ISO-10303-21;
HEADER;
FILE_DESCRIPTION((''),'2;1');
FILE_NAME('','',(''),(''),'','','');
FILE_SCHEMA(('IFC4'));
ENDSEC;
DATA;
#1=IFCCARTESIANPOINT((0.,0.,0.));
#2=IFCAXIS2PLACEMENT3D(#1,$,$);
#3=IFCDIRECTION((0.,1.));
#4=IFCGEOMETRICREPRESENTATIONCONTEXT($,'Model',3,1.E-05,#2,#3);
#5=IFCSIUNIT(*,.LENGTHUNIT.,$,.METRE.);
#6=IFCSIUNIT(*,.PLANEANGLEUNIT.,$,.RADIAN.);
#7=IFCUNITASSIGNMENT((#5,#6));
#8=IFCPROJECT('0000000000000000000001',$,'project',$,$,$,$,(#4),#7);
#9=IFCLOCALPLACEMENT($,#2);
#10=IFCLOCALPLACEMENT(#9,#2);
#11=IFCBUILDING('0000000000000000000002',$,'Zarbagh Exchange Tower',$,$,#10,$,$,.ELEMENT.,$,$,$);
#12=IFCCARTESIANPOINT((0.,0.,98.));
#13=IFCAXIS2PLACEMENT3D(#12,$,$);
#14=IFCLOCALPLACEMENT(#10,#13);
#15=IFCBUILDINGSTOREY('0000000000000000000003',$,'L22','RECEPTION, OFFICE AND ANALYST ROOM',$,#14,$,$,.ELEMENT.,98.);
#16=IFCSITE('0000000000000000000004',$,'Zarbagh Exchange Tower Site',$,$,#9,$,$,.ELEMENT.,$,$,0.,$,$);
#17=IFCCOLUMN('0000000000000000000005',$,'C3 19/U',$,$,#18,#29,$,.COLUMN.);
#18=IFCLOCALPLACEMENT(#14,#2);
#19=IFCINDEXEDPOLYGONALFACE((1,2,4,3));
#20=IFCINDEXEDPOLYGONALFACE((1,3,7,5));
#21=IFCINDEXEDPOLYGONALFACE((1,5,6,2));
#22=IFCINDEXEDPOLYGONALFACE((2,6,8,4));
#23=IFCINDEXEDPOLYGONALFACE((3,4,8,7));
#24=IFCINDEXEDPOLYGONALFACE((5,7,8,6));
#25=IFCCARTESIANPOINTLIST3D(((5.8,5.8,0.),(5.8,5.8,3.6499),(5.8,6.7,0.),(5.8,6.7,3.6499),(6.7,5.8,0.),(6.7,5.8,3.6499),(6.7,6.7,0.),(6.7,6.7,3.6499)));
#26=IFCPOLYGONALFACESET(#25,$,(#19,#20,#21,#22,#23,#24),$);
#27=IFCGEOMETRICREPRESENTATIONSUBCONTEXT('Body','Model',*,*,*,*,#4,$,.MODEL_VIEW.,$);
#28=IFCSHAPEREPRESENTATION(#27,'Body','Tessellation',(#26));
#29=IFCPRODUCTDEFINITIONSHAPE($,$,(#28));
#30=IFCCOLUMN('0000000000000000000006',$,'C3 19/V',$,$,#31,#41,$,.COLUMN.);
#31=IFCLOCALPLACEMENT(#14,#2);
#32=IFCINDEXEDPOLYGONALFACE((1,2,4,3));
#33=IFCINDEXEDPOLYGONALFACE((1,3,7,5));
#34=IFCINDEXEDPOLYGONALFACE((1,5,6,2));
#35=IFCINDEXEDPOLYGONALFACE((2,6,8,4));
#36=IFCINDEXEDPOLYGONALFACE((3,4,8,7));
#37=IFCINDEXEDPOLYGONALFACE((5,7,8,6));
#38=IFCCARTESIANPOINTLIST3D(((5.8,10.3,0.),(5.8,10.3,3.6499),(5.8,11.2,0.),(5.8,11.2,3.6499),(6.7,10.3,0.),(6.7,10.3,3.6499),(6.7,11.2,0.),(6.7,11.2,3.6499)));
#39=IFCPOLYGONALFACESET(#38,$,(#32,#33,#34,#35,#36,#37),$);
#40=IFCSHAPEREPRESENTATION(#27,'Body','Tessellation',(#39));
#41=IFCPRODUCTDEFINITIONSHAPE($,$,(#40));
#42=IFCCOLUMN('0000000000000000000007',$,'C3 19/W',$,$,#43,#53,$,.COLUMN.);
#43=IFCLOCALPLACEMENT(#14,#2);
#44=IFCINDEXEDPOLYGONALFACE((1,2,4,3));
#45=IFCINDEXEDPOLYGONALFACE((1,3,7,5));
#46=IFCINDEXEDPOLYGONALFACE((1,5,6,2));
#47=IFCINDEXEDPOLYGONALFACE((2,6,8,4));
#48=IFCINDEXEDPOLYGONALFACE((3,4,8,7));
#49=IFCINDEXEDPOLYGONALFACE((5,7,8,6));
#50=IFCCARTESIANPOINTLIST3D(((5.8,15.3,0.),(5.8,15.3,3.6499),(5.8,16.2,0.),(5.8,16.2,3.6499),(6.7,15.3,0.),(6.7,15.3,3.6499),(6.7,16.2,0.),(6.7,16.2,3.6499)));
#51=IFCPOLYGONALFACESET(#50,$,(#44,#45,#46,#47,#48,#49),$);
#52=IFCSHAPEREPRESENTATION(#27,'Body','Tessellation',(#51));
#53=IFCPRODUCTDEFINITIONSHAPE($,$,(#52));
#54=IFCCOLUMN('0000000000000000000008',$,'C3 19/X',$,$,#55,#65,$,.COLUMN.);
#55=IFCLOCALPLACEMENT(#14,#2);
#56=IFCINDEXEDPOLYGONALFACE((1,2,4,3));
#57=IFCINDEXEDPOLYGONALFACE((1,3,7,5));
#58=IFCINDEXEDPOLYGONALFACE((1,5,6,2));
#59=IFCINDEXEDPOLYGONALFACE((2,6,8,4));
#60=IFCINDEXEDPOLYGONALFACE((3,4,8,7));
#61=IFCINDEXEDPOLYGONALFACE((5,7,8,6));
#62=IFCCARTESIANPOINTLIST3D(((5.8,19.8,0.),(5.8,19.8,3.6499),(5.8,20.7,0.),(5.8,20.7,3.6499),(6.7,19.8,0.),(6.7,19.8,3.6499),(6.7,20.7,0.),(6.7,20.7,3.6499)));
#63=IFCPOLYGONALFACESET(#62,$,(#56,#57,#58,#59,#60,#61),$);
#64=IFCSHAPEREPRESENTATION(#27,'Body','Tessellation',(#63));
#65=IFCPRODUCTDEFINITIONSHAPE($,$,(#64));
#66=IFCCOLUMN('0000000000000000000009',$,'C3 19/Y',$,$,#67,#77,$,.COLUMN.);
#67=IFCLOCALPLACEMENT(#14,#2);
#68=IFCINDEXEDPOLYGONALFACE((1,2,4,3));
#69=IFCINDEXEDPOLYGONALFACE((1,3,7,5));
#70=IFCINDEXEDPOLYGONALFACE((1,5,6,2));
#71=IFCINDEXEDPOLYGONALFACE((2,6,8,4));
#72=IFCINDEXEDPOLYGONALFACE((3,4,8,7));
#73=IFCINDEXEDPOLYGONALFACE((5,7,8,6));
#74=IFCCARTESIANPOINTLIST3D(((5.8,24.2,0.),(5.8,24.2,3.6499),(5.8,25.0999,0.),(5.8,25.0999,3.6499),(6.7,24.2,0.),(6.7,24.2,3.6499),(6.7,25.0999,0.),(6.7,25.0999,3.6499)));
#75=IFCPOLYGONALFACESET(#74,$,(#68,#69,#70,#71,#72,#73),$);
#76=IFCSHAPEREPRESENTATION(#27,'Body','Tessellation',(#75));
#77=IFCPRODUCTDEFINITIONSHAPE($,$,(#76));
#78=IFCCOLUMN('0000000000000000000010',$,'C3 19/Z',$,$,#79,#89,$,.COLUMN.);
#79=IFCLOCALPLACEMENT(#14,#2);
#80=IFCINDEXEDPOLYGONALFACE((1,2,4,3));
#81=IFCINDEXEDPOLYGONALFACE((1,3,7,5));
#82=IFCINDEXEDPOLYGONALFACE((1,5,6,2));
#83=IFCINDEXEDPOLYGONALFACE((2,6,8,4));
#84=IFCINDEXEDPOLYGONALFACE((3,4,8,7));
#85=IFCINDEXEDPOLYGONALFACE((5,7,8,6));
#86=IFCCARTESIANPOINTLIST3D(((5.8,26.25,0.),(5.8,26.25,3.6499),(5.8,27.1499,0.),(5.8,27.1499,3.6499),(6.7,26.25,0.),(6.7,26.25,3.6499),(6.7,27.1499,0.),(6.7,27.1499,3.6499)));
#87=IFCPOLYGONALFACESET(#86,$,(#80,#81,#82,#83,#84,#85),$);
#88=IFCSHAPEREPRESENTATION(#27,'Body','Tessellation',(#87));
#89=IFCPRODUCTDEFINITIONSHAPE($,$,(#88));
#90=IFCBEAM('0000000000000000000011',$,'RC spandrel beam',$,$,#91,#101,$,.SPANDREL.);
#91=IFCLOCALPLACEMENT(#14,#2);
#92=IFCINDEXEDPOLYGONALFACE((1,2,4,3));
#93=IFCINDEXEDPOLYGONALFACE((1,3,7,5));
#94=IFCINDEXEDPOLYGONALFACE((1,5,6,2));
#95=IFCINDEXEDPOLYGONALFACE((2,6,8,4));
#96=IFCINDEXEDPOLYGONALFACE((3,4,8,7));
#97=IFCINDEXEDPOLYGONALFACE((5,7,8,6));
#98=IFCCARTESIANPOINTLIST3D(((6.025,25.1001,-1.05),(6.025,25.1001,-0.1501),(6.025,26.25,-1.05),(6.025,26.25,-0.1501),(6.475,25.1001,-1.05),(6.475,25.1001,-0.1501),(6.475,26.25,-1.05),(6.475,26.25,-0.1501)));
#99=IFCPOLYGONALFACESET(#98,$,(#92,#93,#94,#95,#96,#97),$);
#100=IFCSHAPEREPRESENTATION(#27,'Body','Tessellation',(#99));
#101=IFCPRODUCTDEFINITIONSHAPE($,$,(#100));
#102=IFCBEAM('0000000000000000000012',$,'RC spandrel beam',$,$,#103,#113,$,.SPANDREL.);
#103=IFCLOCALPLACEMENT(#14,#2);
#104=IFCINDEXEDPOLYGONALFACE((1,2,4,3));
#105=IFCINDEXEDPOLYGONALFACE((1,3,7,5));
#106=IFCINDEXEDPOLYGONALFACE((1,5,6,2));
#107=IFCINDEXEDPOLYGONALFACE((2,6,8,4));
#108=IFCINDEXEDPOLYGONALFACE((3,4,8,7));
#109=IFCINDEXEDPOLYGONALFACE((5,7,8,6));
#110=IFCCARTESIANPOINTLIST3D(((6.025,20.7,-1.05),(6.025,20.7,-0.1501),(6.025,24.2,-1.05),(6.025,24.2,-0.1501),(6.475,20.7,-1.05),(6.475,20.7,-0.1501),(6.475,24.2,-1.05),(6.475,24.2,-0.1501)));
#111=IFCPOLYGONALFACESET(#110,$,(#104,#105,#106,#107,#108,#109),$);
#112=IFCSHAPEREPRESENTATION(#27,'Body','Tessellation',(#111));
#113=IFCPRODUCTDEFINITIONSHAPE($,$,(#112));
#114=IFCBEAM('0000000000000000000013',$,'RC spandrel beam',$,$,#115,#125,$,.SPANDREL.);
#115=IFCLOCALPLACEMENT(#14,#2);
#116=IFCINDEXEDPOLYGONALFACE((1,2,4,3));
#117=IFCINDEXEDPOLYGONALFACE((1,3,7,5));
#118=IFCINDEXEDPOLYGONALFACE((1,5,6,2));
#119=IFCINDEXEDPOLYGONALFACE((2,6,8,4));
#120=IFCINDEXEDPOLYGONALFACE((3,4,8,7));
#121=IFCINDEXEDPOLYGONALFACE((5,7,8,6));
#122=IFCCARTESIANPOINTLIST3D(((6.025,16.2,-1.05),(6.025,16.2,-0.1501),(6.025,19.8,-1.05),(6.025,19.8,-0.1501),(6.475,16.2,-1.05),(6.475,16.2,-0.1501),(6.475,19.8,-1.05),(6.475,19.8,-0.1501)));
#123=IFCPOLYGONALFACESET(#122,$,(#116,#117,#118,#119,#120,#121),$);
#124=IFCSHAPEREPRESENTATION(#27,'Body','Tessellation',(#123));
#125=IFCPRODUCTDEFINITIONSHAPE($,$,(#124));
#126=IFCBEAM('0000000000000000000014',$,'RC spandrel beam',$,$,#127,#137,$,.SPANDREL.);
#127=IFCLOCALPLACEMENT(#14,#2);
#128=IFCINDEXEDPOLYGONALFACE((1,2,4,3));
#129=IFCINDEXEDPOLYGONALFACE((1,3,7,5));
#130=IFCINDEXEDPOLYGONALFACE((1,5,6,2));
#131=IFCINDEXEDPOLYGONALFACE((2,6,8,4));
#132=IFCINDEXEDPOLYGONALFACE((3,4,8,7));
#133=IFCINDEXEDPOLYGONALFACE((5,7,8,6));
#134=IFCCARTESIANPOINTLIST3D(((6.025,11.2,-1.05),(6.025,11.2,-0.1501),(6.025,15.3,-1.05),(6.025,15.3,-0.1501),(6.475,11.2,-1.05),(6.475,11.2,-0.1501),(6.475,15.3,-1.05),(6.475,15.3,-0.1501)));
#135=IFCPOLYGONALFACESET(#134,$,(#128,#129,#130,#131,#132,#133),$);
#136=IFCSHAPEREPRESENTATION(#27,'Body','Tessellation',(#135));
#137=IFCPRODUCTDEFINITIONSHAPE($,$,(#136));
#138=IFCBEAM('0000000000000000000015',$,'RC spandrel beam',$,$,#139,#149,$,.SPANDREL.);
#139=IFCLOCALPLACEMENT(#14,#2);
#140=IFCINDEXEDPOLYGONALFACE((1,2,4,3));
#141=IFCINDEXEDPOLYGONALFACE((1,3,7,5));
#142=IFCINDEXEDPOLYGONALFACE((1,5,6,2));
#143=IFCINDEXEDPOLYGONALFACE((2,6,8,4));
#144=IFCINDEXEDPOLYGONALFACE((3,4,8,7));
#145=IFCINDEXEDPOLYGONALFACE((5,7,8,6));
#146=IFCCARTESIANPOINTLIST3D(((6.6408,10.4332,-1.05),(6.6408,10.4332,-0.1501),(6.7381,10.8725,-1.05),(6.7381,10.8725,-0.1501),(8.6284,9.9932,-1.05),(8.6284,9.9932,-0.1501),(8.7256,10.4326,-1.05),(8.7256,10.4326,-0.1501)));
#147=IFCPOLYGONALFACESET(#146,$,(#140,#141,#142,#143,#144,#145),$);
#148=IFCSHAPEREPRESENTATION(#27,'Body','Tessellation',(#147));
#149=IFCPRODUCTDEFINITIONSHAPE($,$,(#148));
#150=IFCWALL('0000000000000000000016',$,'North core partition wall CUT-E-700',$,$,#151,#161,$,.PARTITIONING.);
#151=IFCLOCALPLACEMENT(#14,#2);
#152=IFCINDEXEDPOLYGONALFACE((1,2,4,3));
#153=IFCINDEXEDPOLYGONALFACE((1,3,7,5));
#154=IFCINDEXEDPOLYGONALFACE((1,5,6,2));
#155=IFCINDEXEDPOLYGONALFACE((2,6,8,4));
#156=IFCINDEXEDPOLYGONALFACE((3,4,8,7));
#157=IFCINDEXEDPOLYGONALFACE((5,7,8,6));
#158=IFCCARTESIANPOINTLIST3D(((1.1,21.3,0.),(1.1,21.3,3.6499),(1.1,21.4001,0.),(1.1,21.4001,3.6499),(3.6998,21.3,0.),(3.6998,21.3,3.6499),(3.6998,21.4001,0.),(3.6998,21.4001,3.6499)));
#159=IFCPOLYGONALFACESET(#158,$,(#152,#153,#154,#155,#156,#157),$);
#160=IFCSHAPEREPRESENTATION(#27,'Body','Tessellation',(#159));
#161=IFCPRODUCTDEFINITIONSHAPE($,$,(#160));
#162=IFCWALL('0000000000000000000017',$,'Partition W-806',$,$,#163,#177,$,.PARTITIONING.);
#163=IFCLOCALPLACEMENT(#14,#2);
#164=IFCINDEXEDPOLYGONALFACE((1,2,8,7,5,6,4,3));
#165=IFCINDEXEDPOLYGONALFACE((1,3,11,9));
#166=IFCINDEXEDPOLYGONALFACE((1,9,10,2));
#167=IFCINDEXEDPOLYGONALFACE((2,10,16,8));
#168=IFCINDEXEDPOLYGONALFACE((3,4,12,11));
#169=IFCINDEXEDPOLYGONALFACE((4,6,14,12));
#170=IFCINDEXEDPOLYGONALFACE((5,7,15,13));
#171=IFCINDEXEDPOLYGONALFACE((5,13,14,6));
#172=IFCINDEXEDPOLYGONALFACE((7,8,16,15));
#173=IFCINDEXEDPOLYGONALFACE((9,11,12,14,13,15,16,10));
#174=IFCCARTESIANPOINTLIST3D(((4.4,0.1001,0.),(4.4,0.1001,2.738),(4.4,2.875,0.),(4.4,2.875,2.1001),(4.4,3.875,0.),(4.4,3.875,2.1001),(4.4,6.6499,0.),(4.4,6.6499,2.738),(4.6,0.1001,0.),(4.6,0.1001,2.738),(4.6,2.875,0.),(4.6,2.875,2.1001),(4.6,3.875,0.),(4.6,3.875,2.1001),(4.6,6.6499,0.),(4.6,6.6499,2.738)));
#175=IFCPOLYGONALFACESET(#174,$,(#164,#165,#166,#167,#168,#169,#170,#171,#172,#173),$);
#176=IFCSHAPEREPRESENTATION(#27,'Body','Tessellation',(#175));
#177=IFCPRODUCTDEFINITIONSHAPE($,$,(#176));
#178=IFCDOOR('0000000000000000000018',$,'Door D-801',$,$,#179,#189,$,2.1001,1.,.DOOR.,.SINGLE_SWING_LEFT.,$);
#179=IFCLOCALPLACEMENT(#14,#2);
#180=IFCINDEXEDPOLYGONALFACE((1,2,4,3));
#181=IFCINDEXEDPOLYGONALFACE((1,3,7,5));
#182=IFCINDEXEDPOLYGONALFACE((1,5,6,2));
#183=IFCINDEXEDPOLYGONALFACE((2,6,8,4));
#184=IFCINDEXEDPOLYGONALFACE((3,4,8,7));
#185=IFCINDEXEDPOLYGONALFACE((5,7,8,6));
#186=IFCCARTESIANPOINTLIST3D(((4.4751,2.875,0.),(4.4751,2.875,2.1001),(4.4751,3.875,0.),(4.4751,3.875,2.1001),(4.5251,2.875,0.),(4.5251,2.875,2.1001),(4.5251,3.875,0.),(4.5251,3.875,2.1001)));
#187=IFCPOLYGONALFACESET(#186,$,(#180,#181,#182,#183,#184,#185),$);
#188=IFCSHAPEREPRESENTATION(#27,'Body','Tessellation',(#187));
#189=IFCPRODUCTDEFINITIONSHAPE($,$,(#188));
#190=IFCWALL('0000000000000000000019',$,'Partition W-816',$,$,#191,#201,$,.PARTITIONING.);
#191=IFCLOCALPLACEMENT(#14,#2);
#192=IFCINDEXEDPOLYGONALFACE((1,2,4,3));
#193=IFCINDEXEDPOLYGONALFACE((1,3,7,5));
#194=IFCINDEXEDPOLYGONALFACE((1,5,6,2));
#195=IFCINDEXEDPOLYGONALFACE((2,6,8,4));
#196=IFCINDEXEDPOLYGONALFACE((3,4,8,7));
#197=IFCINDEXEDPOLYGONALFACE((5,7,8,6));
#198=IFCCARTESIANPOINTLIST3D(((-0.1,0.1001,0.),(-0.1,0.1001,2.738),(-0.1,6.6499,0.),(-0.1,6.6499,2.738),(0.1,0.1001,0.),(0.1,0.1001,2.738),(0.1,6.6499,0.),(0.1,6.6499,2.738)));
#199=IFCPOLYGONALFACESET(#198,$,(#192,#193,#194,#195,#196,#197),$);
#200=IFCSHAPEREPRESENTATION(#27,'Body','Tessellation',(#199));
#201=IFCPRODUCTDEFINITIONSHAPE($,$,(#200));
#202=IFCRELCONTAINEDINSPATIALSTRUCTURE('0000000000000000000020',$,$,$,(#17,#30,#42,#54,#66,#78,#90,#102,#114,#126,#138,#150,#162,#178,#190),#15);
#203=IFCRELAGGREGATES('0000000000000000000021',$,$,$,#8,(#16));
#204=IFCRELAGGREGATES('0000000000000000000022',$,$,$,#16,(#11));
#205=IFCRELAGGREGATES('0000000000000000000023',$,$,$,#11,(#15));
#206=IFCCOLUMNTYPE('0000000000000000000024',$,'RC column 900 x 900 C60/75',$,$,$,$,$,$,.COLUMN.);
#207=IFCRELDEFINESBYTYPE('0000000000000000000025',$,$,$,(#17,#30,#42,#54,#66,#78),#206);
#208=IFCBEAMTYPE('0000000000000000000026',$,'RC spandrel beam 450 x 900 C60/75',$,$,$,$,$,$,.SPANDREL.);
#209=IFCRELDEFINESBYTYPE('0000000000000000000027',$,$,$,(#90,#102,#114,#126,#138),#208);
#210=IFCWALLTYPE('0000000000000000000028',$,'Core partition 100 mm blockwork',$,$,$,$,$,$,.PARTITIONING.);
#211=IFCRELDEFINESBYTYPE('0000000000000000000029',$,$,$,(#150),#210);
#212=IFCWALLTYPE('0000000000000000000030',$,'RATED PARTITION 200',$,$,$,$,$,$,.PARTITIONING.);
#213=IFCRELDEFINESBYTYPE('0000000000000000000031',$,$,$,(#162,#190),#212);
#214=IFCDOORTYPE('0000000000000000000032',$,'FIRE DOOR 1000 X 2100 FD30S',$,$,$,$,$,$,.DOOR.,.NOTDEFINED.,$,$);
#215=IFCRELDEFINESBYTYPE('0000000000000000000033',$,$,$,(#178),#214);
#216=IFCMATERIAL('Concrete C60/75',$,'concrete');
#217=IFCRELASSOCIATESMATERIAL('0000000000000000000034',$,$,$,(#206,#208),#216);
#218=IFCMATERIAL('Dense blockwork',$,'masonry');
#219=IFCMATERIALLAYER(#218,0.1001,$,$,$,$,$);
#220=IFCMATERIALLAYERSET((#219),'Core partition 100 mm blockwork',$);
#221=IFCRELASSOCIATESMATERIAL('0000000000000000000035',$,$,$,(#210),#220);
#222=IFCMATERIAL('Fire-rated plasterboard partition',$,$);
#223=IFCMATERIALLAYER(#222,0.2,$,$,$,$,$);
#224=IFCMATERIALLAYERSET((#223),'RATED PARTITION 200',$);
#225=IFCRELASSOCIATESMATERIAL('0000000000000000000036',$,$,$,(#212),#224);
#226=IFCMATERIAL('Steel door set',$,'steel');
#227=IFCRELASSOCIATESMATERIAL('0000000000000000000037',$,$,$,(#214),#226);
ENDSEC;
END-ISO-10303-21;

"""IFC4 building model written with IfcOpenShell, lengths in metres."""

from ifc_helpers import new_model, si_unit, direction, frame, frame_2d, origin, origin_2d, place, context, subcontext, project, spatial, rectangle, extrude, material, layer, layer_set, material_profile, profile_set, type_object, element, fill, save


model = new_model("IFC4")

# Units and contexts
model_context = context("Model", 3, precision=1e-05, world=origin(), true_north=direction((0.0, 1.0)))
body_context = subcontext(model_context, "Body", "Model", "MODEL_VIEW")
ifc_project = project(units=[si_unit("LENGTHUNIT", "METRE"), si_unit("PLANEANGLEUNIT", "RADIAN")], contexts=[model_context])

# Site, building, storey
site_placement = place(None, origin())
site = spatial("IfcSite", under=ifc_project, at=site_placement, Name="Zarbagh Exchange Tower Site", CompositionType="ELEMENT", RefElevation=0.0)
building_placement = place(site_placement, origin())
building = spatial("IfcBuilding", under=site, at=building_placement, Name="Zarbagh Exchange Tower", CompositionType="ELEMENT")
storey_placement = place(building_placement, frame((0.0, 0.0, 98.0)))
storey = spatial("IfcBuildingStorey", under=building, at=storey_placement, Name="L22", Description="RECEPTION, OFFICE AND ANALYST ROOM", CompositionType="ELEMENT", Elevation=98.0)

# Columns
ifc_material_1 = material(Name="Concrete C60/75", Category="concrete")
ifc_material_profile_1 = material_profile(ifc_material_1, rectangle(XDim=0.8999, YDim=0.8999, at=origin_2d()), Name="RC column 900 x 900 C60/75")
ifc_profile_set_1 = profile_set([ifc_material_profile_1], Name="Concrete C60/75")
column_type = type_object("IfcColumnType", Name="RC column 900 x 900 C60/75", PredefinedType="COLUMN", material=ifc_profile_set_1)
for number, where, z_axis, x_axis, name in (
    (1, (6.25, 6.25, 0.0), (0.0, 0.0, 1.0), (1.0, 0.0, 0.0), "C3 19/U"),
    (2, (6.25, 10.75, 0.0), (0.0, 0.0, 1.0), (1.0, 0.0, 0.0), "C3 19/V"),
    (3, (6.25, 15.75, 0.0), (0.0, 0.0, 1.0), (1.0, 0.0, 0.0), "C3 19/W"),
    (4, (6.25, 20.25, 0.0), (0.0, 0.0, 1.0), (1.0, 0.0, 0.0), "C3 19/X"),
    (5, (6.25, 24.6499, 0.0), (0.0, 0.0, 1.0), (1.0, 0.0, 0.0), "C3 19/Y"),
    (6, (6.25, 26.7, 0.0), (0.0, 0.0, 1.0), (1.0, 0.0, 0.0), "C3 19/Z"),
):
    element("IfcColumn", number, at=place(storey_placement, frame(where, z_axis=z_axis, x_axis=x_axis)), inside=storey, type_object=column_type, Name=name, PredefinedType="COLUMN", context=body_context, shape_type="SweptSolid", body=[
        extrude(rectangle(XDim=0.8999, YDim=0.8999, at=origin_2d()), origin(), (0.0, 0.0, 1.0), 3.6499),
    ])

# Beams
ifc_material_profile_2 = material_profile(ifc_material_1, rectangle(XDim=0.45, YDim=0.8999, at=origin_2d()), Name="RC spandrel beam 450 x 900 C60/75")
ifc_profile_set_2 = profile_set([ifc_material_profile_2], Name="Concrete C60/75")
beam_type = type_object("IfcBeamType", Name="RC spandrel beam 450 x 900 C60/75", PredefinedType="SPANDREL", material=ifc_profile_set_2)
beam_1_placement = place(storey_placement, frame((6.25, 26.25, -0.6001), z_axis=(0.0, -1.0, 0.0), x_axis=(1.0, 0.0, 0.0)))
element("IfcBeam", 7, at=beam_1_placement, inside=storey, type_object=beam_type, Name="RC spandrel beam", PredefinedType="SPANDREL", context=body_context, shape_type="SweptSolid", body=[
    extrude(rectangle(XDim=0.45, YDim=0.8999, at=origin_2d()), origin(), (0.0, 0.0, 1.0), 1.1499),
])
beam_2_placement = place(storey_placement, frame((6.25, 24.2, -0.6001), z_axis=(0.0, -1.0, 0.0), x_axis=(1.0, 0.0, 0.0)))
element("IfcBeam", 8, at=beam_2_placement, inside=storey, type_object=beam_type, Name="RC spandrel beam", PredefinedType="SPANDREL", context=body_context, shape_type="SweptSolid", body=[
    extrude(rectangle(XDim=0.45, YDim=0.8999, at=origin_2d()), origin(), (0.0, 0.0, 1.0), 3.5),
])
beam_3_placement = place(storey_placement, frame((6.25, 19.8, -0.6001), z_axis=(0.0, -1.0, 0.0), x_axis=(1.0, 0.0, 0.0)))
element("IfcBeam", 9, at=beam_3_placement, inside=storey, type_object=beam_type, Name="RC spandrel beam", PredefinedType="SPANDREL", context=body_context, shape_type="SweptSolid", body=[
    extrude(rectangle(XDim=0.45, YDim=0.8999, at=origin_2d()), origin(), (0.0, 0.0, 1.0), 3.6001),
])
beam_4_placement = place(storey_placement, frame((6.25, 15.3, -0.6001), z_axis=(0.0, -1.0, 0.0), x_axis=(1.0, 0.0, 0.0)))
element("IfcBeam", 10, at=beam_4_placement, inside=storey, type_object=beam_type, Name="RC spandrel beam", PredefinedType="SPANDREL", context=body_context, shape_type="SweptSolid", body=[
    extrude(rectangle(XDim=0.45, YDim=0.8999, at=origin_2d()), origin(), (0.0, 0.0, 1.0), 4.1001),
])
beam_5_placement = place(storey_placement, frame((6.6895, 10.6528, -0.6001), z_axis=(0.976367, -0.216118, 0.0), x_axis=(0.216118, 0.976367, 0.0)))
element("IfcBeam", 11, at=beam_5_placement, inside=storey, type_object=beam_type, Name="RC spandrel beam", PredefinedType="SPANDREL", context=body_context, shape_type="SweptSolid", body=[
    extrude(rectangle(XDim=0.45, YDim=0.8999, at=origin_2d()), origin(), (0.0, 0.0, 1.0), 2.0356),
])

# Wall
ifc_material_2 = material(Name="Dense blockwork", Category="masonry")
ifc_layer_1 = layer(ifc_material_2, 0.1001)
ifc_layer_set_1 = layer_set([ifc_layer_1], Name="Core partition 100 mm blockwork")
wall_type_1 = type_object("IfcWallType", Name="Core partition 100 mm blockwork", PredefinedType="PARTITIONING", material=ifc_layer_set_1)
wall_1_placement = place(storey_placement, frame((1.1001, 21.3501, 0.0), z_axis=(0.0, 0.0, 1.0), x_axis=(1.0, 0.0, 0.0)))
element("IfcWall", 12, at=wall_1_placement, inside=storey, type_object=wall_type_1, Name="North core partition wall CUT-E-700", PredefinedType="PARTITIONING", context=body_context, shape_type="SweptSolid", body=[
    extrude(rectangle(XDim=2.5999, YDim=0.1001, at=frame_2d((1.2998, 0.0))), origin(), (0.0, 0.0, 1.0), 3.6499),
])

# Wall, opening, door
ifc_material_3 = material(Name="Fire-rated plasterboard partition")
ifc_layer_2 = layer(ifc_material_3, 0.2)
ifc_layer_set_2 = layer_set([ifc_layer_2], Name="RATED PARTITION 200")
wall_type_2 = type_object("IfcWallType", Name="RATED PARTITION 200", PredefinedType="PARTITIONING", material=ifc_layer_set_2)
wall_2_placement = place(storey_placement, frame((4.5, 0.1001, 0.0), z_axis=(0.0, 0.0, 1.0), x_axis=(0.0, 1.0, 0.0)))
wall_2 = element("IfcWall", 13, at=wall_2_placement, inside=storey, type_object=wall_type_2, Name="Partition W-806", PredefinedType="PARTITIONING", context=body_context, shape_type="SweptSolid", body=[
    extrude(rectangle(XDim=6.5498, YDim=0.2, at=frame_2d((3.2749, 0.0))), origin(), (0.0, 0.0, 1.0), 2.738),
])
opening_1_placement = place(wall_2_placement, frame((2.7749, 0.0, 0.0)))
opening_1 = element("IfcOpeningElement", 14, at=opening_1_placement, cuts=wall_2, PredefinedType="OPENING", context=body_context, shape_type="SweptSolid", body=[
    extrude(rectangle(XDim=1.0, YDim=2.1001, at=frame_2d((0.5, 1.05))), frame((0.0, 0.1099, 0.0), z_axis=(0.0, -1.0, 0.0), x_axis=(1.0, 0.0, 0.0)), (0.0, 0.0, 1.0), 0.22),
])
ifc_material_4 = material(Name="Steel door set", Category="steel")
door_type_1 = type_object("IfcDoorType", Name="FIRE DOOR 1000 X 2100 FD30S", OperationType="NOTDEFINED", PredefinedType="DOOR", material=ifc_material_4)
door_1_placement = place(opening_1_placement, origin())
door_1 = element("IfcDoor", 15, at=door_1_placement, inside=storey, type_object=door_type_1, Name="Door D-801", OperationType="SINGLE_SWING_LEFT", OverallHeight=2.1001, OverallWidth=1.0, PredefinedType="DOOR", context=body_context, shape_type="SweptSolid", body=[
    extrude(rectangle(XDim=1.0, YDim=2.1001, at=frame_2d((0.5, 1.05))), frame((0.0, 0.0249, 0.0), z_axis=(0.0, -1.0, 0.0), x_axis=(1.0, 0.0, 0.0)), (0.0, 0.0, 1.0), 0.05),
])
fill(opening_1, door_1)

# Wall
wall_3_placement = place(storey_placement, frame((0.0, 0.1001, 0.0), z_axis=(0.0, 0.0, 1.0), x_axis=(0.0, 1.0, 0.0)))
element("IfcWall", 16, at=wall_3_placement, inside=storey, type_object=wall_type_2, Name="Partition W-816", PredefinedType="PARTITIONING", context=body_context, shape_type="SweptSolid", body=[
    extrude(rectangle(XDim=6.5498, YDim=0.2, at=frame_2d((3.2749, 0.0))), origin(), (0.0, 0.0, 1.0), 2.738),
])

save(model, "model.ifc")
